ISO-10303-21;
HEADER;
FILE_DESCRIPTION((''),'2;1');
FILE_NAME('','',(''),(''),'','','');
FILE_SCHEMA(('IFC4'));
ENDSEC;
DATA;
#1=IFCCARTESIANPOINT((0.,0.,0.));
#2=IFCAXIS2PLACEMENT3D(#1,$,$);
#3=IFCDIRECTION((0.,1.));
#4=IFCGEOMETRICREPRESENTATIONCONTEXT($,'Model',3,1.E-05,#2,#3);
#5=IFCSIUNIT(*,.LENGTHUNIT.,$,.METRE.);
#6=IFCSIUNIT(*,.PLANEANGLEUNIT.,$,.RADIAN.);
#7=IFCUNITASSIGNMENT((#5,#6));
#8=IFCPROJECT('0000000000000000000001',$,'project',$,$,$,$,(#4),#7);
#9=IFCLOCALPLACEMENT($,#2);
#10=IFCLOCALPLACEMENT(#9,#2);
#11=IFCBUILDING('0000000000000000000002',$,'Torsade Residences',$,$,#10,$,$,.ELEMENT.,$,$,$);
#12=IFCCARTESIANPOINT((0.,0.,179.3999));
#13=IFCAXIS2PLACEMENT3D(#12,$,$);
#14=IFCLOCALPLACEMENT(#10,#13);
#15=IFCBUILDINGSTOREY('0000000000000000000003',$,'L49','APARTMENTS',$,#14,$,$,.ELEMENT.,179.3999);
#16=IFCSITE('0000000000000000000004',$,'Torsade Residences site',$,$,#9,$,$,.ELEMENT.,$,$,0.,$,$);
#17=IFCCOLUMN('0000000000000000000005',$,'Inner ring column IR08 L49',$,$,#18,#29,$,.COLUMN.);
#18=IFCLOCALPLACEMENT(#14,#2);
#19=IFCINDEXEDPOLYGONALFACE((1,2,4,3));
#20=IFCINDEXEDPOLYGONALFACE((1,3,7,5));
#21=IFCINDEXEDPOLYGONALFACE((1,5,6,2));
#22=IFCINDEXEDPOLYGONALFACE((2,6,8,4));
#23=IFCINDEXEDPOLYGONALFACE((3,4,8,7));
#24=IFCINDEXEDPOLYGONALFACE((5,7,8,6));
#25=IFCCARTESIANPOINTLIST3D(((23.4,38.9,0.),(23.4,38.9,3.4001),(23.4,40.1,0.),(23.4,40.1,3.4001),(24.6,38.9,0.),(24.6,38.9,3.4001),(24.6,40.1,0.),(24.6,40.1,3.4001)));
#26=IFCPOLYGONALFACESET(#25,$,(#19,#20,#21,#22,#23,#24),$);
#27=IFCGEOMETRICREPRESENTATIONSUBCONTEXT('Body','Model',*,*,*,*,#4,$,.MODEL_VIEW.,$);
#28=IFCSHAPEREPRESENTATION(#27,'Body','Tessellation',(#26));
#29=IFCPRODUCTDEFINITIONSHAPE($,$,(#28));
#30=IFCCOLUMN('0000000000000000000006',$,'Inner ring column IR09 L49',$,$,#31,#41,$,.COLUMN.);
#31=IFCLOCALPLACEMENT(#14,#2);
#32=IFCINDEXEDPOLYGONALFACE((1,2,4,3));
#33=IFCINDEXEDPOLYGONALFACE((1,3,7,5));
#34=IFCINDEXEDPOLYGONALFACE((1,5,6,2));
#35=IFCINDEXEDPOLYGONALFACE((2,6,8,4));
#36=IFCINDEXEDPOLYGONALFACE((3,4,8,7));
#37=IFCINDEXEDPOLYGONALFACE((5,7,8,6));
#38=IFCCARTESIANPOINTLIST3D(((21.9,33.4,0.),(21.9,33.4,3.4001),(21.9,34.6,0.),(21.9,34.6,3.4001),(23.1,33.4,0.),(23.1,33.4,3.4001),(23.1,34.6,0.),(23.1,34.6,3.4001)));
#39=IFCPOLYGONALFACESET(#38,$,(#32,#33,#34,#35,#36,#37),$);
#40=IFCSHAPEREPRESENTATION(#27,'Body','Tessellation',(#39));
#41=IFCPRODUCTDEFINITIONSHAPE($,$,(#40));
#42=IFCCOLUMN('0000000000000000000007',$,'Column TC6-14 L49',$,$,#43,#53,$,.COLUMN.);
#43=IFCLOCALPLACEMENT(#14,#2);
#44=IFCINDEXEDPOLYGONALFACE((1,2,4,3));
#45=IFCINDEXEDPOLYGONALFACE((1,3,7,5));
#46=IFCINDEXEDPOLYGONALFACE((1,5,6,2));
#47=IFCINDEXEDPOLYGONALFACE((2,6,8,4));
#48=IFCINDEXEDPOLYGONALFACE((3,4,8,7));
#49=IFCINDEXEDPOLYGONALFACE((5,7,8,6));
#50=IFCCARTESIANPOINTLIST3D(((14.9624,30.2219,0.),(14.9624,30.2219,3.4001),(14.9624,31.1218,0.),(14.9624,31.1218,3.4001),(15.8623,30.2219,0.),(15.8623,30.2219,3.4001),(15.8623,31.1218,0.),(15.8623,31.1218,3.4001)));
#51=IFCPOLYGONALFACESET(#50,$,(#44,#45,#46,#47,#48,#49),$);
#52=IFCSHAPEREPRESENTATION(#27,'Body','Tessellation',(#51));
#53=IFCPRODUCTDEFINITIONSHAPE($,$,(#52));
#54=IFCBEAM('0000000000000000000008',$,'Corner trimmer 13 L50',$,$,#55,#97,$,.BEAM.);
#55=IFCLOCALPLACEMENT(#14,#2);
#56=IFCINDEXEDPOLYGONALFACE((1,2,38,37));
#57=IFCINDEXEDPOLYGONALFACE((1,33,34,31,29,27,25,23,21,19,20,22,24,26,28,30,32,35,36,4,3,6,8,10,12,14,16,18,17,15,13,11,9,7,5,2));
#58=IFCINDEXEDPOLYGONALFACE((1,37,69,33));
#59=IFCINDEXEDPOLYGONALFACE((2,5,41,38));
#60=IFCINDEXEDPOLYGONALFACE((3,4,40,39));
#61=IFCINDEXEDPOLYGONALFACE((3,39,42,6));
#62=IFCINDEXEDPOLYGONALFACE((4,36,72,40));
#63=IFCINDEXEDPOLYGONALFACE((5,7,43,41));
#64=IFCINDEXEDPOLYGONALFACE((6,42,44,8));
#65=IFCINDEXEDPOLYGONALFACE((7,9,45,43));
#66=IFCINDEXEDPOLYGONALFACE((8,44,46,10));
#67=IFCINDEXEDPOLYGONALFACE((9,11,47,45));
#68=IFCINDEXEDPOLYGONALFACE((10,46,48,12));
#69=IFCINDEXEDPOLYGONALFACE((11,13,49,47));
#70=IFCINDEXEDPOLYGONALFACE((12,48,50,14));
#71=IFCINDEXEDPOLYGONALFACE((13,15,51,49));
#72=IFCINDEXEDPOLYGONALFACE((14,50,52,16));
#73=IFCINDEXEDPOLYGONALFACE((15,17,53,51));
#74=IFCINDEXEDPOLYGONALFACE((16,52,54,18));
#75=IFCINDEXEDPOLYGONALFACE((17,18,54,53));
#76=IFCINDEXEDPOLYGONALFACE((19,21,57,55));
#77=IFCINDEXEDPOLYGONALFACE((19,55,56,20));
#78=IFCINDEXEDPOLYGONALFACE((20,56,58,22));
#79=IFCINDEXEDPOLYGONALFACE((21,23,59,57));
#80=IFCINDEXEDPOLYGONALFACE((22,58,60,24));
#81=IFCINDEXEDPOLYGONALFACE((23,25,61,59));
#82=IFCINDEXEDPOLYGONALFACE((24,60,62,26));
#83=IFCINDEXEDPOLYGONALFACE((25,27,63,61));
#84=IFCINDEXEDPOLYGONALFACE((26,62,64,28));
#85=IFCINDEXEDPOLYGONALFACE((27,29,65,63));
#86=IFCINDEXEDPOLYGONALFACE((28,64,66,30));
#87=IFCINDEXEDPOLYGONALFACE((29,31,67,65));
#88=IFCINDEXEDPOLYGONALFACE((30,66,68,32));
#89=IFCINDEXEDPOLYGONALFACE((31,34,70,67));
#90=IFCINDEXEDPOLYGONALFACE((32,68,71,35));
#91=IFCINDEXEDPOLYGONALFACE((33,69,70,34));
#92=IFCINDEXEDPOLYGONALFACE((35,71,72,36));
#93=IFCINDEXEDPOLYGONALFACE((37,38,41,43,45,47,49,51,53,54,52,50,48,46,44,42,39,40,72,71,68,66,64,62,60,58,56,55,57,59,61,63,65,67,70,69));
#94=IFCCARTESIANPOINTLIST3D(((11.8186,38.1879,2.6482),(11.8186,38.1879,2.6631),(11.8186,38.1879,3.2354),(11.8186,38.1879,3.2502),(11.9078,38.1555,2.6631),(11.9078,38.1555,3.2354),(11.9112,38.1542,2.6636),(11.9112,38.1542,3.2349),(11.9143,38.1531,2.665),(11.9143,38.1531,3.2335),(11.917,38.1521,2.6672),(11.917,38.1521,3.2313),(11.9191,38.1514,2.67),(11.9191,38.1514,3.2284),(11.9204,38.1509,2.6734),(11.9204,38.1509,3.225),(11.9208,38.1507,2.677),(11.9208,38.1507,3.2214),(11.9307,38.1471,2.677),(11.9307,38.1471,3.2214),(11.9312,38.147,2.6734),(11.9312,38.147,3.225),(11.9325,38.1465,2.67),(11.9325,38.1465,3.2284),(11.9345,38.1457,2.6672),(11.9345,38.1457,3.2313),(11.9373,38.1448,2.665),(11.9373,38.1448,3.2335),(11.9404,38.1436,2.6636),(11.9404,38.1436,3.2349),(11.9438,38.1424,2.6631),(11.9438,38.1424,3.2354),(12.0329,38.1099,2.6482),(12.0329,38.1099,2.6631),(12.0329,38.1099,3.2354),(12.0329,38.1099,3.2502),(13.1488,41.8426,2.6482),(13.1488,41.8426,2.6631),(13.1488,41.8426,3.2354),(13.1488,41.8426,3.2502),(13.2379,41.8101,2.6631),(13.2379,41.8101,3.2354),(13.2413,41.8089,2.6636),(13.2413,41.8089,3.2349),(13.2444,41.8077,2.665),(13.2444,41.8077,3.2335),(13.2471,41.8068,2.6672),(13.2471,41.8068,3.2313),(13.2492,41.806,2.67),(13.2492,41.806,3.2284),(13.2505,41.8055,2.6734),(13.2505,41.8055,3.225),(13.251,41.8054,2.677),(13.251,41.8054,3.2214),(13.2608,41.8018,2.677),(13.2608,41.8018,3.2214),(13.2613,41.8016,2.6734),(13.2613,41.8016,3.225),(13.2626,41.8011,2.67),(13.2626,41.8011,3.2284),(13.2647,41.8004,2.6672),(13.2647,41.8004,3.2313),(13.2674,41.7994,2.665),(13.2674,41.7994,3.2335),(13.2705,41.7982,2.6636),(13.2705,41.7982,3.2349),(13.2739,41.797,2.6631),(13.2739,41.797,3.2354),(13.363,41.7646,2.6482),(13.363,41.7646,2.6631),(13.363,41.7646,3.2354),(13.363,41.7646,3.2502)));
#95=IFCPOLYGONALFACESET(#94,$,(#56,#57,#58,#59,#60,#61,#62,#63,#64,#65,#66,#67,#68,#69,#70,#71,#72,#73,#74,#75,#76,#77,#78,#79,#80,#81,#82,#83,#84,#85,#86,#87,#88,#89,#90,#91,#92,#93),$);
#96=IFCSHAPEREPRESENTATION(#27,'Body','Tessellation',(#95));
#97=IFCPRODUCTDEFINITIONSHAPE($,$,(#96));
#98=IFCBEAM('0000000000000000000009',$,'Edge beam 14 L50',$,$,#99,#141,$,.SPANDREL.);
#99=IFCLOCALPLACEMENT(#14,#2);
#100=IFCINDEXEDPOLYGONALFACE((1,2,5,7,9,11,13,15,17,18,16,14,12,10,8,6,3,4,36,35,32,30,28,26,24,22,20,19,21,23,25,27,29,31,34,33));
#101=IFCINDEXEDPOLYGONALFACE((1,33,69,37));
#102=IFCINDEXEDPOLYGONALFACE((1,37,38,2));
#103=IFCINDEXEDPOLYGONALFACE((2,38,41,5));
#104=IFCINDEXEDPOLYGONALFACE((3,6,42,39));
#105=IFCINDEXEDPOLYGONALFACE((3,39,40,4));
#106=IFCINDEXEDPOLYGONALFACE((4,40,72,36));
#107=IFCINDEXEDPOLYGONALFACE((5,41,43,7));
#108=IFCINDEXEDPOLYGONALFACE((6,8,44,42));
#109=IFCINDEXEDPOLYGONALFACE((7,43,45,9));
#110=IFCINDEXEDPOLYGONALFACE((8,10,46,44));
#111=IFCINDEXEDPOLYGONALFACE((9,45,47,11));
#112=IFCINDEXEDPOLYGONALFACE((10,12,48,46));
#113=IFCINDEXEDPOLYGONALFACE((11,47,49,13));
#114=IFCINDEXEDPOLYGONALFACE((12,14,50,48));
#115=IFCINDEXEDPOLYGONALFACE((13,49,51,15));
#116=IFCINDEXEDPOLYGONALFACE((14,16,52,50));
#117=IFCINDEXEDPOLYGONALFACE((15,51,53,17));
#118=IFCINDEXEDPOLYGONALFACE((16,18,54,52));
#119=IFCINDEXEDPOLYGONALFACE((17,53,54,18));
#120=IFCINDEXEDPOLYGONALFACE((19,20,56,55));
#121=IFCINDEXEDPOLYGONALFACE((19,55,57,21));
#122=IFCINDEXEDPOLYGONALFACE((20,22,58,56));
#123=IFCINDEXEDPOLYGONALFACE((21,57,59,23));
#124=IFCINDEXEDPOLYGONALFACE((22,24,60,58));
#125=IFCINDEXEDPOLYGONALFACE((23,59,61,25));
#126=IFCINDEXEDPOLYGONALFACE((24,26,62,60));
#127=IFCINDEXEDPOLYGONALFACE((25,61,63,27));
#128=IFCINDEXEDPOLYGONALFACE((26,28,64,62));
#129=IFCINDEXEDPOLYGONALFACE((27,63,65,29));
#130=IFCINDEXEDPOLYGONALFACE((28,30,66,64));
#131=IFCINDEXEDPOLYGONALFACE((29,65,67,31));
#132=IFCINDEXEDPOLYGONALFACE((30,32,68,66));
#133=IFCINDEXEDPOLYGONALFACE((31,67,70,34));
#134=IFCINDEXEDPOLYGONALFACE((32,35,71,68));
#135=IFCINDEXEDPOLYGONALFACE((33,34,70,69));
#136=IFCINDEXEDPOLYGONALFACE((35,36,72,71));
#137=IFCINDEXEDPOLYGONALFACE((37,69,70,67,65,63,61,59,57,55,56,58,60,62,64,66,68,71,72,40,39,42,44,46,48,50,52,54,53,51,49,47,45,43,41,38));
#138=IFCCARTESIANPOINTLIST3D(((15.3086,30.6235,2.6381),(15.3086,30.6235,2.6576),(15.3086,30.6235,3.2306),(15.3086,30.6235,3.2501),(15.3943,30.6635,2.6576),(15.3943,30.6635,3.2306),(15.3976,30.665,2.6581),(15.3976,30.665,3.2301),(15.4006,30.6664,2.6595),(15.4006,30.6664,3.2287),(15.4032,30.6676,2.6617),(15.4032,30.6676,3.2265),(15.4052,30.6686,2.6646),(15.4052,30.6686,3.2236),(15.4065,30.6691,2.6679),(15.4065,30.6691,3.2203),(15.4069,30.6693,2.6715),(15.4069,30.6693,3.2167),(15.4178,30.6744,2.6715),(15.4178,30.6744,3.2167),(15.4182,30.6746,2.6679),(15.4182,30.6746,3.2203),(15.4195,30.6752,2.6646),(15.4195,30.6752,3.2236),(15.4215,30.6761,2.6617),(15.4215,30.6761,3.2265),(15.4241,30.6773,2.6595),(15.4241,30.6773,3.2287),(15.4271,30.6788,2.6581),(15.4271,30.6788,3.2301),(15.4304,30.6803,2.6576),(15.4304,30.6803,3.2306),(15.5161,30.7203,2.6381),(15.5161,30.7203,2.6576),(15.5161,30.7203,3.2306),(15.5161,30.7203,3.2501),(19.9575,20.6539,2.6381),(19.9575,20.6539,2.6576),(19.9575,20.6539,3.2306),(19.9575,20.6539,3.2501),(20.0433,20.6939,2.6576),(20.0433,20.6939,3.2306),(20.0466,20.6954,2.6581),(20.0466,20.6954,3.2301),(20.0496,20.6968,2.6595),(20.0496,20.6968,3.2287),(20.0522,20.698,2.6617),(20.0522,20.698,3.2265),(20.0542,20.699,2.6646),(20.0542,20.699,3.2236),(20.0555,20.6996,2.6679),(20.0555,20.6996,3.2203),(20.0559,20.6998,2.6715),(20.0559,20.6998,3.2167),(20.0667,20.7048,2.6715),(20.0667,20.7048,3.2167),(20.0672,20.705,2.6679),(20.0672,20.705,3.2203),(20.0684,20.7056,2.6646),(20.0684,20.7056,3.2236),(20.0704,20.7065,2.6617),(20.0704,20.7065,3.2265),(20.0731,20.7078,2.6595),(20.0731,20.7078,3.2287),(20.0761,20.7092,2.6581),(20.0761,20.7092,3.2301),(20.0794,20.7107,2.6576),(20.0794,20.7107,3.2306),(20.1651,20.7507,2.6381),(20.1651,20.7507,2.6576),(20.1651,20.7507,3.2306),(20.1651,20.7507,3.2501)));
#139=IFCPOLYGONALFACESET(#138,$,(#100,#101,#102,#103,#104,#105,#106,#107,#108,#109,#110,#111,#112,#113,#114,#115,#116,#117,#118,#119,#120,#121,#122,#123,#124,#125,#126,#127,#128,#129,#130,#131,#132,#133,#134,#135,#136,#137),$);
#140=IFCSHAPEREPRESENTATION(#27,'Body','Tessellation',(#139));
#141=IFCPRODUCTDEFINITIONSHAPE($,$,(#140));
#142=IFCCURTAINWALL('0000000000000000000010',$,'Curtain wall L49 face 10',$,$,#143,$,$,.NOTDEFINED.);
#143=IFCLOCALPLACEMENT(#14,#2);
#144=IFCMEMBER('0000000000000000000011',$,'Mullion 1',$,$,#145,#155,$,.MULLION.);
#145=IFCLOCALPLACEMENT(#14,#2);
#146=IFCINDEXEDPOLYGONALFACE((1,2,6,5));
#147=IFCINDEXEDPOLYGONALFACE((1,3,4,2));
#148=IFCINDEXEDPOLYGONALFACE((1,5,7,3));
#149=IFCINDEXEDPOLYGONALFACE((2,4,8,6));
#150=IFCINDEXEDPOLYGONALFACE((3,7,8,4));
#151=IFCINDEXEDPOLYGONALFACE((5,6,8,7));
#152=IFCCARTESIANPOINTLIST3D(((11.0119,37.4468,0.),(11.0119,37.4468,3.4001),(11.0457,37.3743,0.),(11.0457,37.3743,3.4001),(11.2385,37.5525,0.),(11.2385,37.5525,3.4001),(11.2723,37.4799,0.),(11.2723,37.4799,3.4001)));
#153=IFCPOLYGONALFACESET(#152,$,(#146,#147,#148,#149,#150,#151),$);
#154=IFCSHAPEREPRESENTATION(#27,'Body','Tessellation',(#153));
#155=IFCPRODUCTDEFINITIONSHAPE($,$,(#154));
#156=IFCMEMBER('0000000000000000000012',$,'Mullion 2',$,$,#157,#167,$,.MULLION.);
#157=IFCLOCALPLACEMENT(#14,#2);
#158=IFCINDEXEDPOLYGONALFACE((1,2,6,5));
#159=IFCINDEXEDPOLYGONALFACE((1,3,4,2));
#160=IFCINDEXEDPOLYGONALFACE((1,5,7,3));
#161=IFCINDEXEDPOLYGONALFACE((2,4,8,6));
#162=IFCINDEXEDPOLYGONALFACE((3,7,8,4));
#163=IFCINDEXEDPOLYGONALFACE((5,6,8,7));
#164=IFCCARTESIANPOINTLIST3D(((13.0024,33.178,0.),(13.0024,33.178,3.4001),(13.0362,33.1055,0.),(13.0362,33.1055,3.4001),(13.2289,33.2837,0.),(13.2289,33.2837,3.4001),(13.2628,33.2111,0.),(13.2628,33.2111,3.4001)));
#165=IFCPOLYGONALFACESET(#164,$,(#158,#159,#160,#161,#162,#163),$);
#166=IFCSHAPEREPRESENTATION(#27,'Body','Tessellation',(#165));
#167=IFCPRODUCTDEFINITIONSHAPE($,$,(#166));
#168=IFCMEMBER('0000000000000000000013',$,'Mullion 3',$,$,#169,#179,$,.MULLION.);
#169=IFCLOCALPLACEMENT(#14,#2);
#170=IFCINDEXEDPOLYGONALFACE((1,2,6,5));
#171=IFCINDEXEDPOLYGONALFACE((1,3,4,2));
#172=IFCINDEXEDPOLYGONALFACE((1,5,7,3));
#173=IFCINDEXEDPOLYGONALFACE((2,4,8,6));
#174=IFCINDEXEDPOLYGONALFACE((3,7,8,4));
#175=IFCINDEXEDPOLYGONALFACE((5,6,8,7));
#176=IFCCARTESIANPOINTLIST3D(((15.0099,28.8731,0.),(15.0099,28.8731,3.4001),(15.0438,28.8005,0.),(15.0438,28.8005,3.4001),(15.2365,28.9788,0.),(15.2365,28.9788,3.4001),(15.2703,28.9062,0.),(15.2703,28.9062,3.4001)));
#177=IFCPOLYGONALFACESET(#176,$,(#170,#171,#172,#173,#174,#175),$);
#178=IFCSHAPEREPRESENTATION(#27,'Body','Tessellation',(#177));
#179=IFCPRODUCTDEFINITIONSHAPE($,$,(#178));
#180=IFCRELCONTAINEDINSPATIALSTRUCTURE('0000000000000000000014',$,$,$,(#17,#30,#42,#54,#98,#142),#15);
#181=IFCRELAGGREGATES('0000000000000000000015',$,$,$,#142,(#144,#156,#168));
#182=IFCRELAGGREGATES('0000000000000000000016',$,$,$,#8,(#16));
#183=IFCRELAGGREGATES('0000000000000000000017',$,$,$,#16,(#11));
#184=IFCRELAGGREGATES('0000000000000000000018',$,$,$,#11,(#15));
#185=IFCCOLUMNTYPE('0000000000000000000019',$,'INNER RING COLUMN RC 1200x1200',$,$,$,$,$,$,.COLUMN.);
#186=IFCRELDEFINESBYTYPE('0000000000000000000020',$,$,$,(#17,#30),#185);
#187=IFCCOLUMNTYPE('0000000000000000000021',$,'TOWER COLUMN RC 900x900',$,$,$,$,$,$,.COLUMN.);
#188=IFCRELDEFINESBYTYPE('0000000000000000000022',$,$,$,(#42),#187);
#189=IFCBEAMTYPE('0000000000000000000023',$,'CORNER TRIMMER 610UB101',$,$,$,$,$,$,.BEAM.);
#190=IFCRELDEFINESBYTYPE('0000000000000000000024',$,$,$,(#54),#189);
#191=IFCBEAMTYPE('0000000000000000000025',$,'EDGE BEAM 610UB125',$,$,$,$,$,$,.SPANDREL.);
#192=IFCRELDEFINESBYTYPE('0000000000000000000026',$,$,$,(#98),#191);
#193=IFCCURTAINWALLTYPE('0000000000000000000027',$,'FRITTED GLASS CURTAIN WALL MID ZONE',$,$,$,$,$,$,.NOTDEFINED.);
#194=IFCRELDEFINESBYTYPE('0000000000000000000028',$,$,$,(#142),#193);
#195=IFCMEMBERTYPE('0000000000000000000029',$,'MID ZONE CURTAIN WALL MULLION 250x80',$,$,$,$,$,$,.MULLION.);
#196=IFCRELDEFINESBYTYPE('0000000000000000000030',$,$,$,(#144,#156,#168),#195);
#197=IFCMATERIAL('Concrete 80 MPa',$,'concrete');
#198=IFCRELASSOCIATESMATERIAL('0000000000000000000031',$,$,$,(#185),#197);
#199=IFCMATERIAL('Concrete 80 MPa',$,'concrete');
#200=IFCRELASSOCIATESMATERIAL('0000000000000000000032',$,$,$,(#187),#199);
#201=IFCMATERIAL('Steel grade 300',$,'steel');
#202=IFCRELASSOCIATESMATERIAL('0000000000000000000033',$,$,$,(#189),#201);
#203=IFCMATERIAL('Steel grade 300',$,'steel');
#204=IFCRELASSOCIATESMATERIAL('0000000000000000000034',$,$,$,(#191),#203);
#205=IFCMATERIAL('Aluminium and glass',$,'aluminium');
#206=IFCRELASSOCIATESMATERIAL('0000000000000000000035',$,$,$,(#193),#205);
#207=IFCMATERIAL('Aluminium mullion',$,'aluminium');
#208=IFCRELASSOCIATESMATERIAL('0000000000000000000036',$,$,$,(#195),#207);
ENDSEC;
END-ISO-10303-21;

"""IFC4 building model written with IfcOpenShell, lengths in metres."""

from ifc_helpers import new_model, si_unit, direction, frame, origin, origin_2d, place, context, subcontext, project, spatial, rectangle, i_section, extrude, material, material_profile, profile_set, type_object, element, aggregate, save


model = new_model("IFC4")

# Units and contexts
model_context = context("Model", 3, precision=1e-05, world=origin(), true_north=direction((0.0, 1.0)))
body_context = subcontext(model_context, "Body", "Model", "MODEL_VIEW")
ifc_project = project(units=[si_unit("LENGTHUNIT", "METRE"), si_unit("PLANEANGLEUNIT", "RADIAN")], contexts=[model_context])

# Site, building, storey
site_placement = place(None, origin())
site = spatial("IfcSite", under=ifc_project, at=site_placement, Name="Torsade Residences site", CompositionType="ELEMENT", RefElevation=0.0)
building_placement = place(site_placement, origin())
building = spatial("IfcBuilding", under=site, at=building_placement, Name="Torsade Residences", CompositionType="ELEMENT")
storey_placement = place(building_placement, frame((0.0, 0.0, 179.3999)))
storey = spatial("IfcBuildingStorey", under=building, at=storey_placement, Name="L49", Description="APARTMENTS", CompositionType="ELEMENT", Elevation=179.3999)

# Columns
ifc_material_1 = material(Name="Concrete 80 MPa", Category="concrete")
ifc_material_profile_1 = material_profile(ifc_material_1, rectangle(XDim=1.2, YDim=1.2, at=origin_2d()), Name="RC 1200x1200")
ifc_profile_set_1 = profile_set([ifc_material_profile_1], Name="Concrete 80 MPa")
column_type_1 = type_object("IfcColumnType", Name="INNER RING COLUMN RC 1200x1200", PredefinedType="COLUMN", material=ifc_profile_set_1)
for number, where, z_axis, x_axis, name in (
    (1, (24.0, 39.5, 0.0), (0.0, 0.0, 1.0), (1.0, 0.0, 0.0), "Inner ring column IR08 L49"),
    (2, (22.5, 34.0, 0.0), (0.0, 0.0, 1.0), (1.0, 0.0, 0.0), "Inner ring column IR09 L49"),
):
    element("IfcColumn", number, at=place(storey_placement, frame(where, z_axis=z_axis, x_axis=x_axis)), inside=storey, type_object=column_type_1, Name=name, PredefinedType="COLUMN", context=body_context, shape_type="SweptSolid", body=[
        extrude(rectangle(XDim=1.2, YDim=1.2, at=origin_2d()), origin(), (0.0, 0.0, 1.0), 3.4001),
    ])
ifc_material_2 = material(Name="Concrete 80 MPa", Category="concrete")
ifc_material_profile_2 = material_profile(ifc_material_2, rectangle(XDim=0.8999, YDim=0.8999, at=origin_2d()), Name="RC 900x900")
ifc_profile_set_2 = profile_set([ifc_material_profile_2], Name="Concrete 80 MPa")
column_type_2 = type_object("IfcColumnType", Name="TOWER COLUMN RC 900x900", PredefinedType="COLUMN", material=ifc_profile_set_2)
column_placement = place(storey_placement, frame((15.4124, 30.6719, 0.0), z_axis=(0.0, 0.0, 1.0), x_axis=(1.0, 0.0, 0.0)))
element("IfcColumn", 3, at=column_placement, inside=storey, type_object=column_type_2, Name="Column TC6-14 L49", PredefinedType="COLUMN", context=body_context, shape_type="SweptSolid", body=[
    extrude(rectangle(XDim=0.8999, YDim=0.8999, at=origin_2d()), origin(), (0.0, 0.0, 1.0), 3.4001),
])

# Beams
ifc_material_3 = material(Name="Steel grade 300", Category="steel")
ifc_material_profile_3 = material_profile(ifc_material_3, i_section(OverallWidth=0.228, OverallDepth=0.6021, WebThickness=0.0105, FlangeThickness=0.0149, FilletRadius=0.0139, at=origin_2d()), Name="610UB101")
ifc_profile_set_3 = profile_set([ifc_material_profile_3], Name="Steel grade 300")
beam_type_1 = type_object("IfcBeamType", Name="CORNER TRIMMER 610UB101", PredefinedType="BEAM", material=ifc_profile_set_3)
beam_1_placement = place(storey_placement, frame((11.9258, 38.1489, 2.9492), z_axis=(0.342005, 0.939698, 0.0), x_axis=(-0.939698, 0.342005, 0.0)))
element("IfcBeam", 4, at=beam_1_placement, inside=storey, type_object=beam_type_1, Name="Corner trimmer 13 L50", PredefinedType="BEAM", context=body_context, shape_type="SweptSolid", body=[
    extrude(i_section(OverallWidth=0.228, OverallDepth=0.6021, WebThickness=0.0105, FlangeThickness=0.0149, FilletRadius=0.0139, at=origin_2d()), origin(), (0.0, 0.0, 1.0), 3.8892),
])
ifc_material_4 = material(Name="Steel grade 300", Category="steel")
ifc_material_profile_4 = material_profile(ifc_material_4, i_section(OverallWidth=0.229, OverallDepth=0.6121, WebThickness=0.012, FlangeThickness=0.0195, FilletRadius=0.0139, at=origin_2d()), Name="610UB125")
ifc_profile_set_4 = profile_set([ifc_material_profile_4], Name="Steel grade 300")
beam_type_2 = type_object("IfcBeamType", Name="EDGE BEAM 610UB125", PredefinedType="SPANDREL", material=ifc_profile_set_4)
beam_2_placement = place(storey_placement, frame((15.4124, 30.6719, 2.9441), z_axis=(0.422624, -0.906305, 0.0), x_axis=(0.906305, 0.422624, 0.0)))
element("IfcBeam", 5, at=beam_2_placement, inside=storey, type_object=beam_type_2, Name="Edge beam 14 L50", PredefinedType="SPANDREL", context=body_context, shape_type="SweptSolid", body=[
    extrude(i_section(OverallWidth=0.229, OverallDepth=0.6121, WebThickness=0.012, FlangeThickness=0.0195, FilletRadius=0.0139, at=origin_2d()), origin(), (0.0, 0.0, 1.0), 11.0002),
])

# Curtain wall, members
ifc_material_5 = material(Name="Aluminium and glass", Category="aluminium")
curtain_wall_type = type_object("IfcCurtainWallType", Name="FRITTED GLASS CURTAIN WALL MID ZONE", PredefinedType="NOTDEFINED", material=ifc_material_5)
curtain_wall_placement = place(storey_placement, origin())
curtain_wall = element("IfcCurtainWall", 6, at=curtain_wall_placement, inside=storey, type_object=curtain_wall_type, Name="Curtain wall L49 face 10", PredefinedType="NOTDEFINED")
ifc_material_6 = material(Name="Aluminium mullion", Category="aluminium")
ifc_material_profile_5 = material_profile(ifc_material_6, rectangle(XDim=0.25, YDim=0.0801, at=origin_2d()), Name="MID ZONE CURTAIN WALL MULLION 250x80")
ifc_profile_set_5 = profile_set([ifc_material_profile_5], Name="Aluminium mullion")
member_type_1 = type_object("IfcMemberType", Name="MID ZONE CURTAIN WALL MULLION 250x80", PredefinedType="MULLION", material=ifc_profile_set_5)
member_1_placement = place(storey_placement, frame((11.1421, 37.4634, 0.0), z_axis=(0.0, 0.0, 1.0), x_axis=(0.906308, 0.422618, 0.0)))
member_1 = element("IfcMember", 7, at=member_1_placement, type_object=member_type_1, Name="Mullion 1", PredefinedType="MULLION", context=body_context, shape_type="SweptSolid", body=[
    extrude(rectangle(XDim=0.25, YDim=0.0801, at=origin_2d()), origin(), (0.0, 0.0, 1.0), 3.4001),
])
member_2_placement = place(storey_placement, frame((13.1326, 33.1946, 0.0), z_axis=(0.0, 0.0, 1.0), x_axis=(0.906308, 0.422618, 0.0)))
member_2 = element("IfcMember", 8, at=member_2_placement, type_object=member_type_1, Name="Mullion 2", PredefinedType="MULLION", context=body_context, shape_type="SweptSolid", body=[
    extrude(rectangle(XDim=0.25, YDim=0.0801, at=origin_2d()), origin(), (0.0, 0.0, 1.0), 3.4001),
])
member_3_placement = place(storey_placement, frame((15.1401, 28.8896, 0.0), z_axis=(0.0, 0.0, 1.0), x_axis=(0.906308, 0.422618, 0.0)))
member_3 = element("IfcMember", 9, at=member_3_placement, type_object=member_type_1, Name="Mullion 3", PredefinedType="MULLION", context=body_context, shape_type="SweptSolid", body=[
    extrude(rectangle(XDim=0.25, YDim=0.0801, at=origin_2d()), origin(), (0.0, 0.0, 1.0), 3.4001),
])

aggregate(curtain_wall, [member_1, member_2, member_3])

save(model, "model.ifc")
